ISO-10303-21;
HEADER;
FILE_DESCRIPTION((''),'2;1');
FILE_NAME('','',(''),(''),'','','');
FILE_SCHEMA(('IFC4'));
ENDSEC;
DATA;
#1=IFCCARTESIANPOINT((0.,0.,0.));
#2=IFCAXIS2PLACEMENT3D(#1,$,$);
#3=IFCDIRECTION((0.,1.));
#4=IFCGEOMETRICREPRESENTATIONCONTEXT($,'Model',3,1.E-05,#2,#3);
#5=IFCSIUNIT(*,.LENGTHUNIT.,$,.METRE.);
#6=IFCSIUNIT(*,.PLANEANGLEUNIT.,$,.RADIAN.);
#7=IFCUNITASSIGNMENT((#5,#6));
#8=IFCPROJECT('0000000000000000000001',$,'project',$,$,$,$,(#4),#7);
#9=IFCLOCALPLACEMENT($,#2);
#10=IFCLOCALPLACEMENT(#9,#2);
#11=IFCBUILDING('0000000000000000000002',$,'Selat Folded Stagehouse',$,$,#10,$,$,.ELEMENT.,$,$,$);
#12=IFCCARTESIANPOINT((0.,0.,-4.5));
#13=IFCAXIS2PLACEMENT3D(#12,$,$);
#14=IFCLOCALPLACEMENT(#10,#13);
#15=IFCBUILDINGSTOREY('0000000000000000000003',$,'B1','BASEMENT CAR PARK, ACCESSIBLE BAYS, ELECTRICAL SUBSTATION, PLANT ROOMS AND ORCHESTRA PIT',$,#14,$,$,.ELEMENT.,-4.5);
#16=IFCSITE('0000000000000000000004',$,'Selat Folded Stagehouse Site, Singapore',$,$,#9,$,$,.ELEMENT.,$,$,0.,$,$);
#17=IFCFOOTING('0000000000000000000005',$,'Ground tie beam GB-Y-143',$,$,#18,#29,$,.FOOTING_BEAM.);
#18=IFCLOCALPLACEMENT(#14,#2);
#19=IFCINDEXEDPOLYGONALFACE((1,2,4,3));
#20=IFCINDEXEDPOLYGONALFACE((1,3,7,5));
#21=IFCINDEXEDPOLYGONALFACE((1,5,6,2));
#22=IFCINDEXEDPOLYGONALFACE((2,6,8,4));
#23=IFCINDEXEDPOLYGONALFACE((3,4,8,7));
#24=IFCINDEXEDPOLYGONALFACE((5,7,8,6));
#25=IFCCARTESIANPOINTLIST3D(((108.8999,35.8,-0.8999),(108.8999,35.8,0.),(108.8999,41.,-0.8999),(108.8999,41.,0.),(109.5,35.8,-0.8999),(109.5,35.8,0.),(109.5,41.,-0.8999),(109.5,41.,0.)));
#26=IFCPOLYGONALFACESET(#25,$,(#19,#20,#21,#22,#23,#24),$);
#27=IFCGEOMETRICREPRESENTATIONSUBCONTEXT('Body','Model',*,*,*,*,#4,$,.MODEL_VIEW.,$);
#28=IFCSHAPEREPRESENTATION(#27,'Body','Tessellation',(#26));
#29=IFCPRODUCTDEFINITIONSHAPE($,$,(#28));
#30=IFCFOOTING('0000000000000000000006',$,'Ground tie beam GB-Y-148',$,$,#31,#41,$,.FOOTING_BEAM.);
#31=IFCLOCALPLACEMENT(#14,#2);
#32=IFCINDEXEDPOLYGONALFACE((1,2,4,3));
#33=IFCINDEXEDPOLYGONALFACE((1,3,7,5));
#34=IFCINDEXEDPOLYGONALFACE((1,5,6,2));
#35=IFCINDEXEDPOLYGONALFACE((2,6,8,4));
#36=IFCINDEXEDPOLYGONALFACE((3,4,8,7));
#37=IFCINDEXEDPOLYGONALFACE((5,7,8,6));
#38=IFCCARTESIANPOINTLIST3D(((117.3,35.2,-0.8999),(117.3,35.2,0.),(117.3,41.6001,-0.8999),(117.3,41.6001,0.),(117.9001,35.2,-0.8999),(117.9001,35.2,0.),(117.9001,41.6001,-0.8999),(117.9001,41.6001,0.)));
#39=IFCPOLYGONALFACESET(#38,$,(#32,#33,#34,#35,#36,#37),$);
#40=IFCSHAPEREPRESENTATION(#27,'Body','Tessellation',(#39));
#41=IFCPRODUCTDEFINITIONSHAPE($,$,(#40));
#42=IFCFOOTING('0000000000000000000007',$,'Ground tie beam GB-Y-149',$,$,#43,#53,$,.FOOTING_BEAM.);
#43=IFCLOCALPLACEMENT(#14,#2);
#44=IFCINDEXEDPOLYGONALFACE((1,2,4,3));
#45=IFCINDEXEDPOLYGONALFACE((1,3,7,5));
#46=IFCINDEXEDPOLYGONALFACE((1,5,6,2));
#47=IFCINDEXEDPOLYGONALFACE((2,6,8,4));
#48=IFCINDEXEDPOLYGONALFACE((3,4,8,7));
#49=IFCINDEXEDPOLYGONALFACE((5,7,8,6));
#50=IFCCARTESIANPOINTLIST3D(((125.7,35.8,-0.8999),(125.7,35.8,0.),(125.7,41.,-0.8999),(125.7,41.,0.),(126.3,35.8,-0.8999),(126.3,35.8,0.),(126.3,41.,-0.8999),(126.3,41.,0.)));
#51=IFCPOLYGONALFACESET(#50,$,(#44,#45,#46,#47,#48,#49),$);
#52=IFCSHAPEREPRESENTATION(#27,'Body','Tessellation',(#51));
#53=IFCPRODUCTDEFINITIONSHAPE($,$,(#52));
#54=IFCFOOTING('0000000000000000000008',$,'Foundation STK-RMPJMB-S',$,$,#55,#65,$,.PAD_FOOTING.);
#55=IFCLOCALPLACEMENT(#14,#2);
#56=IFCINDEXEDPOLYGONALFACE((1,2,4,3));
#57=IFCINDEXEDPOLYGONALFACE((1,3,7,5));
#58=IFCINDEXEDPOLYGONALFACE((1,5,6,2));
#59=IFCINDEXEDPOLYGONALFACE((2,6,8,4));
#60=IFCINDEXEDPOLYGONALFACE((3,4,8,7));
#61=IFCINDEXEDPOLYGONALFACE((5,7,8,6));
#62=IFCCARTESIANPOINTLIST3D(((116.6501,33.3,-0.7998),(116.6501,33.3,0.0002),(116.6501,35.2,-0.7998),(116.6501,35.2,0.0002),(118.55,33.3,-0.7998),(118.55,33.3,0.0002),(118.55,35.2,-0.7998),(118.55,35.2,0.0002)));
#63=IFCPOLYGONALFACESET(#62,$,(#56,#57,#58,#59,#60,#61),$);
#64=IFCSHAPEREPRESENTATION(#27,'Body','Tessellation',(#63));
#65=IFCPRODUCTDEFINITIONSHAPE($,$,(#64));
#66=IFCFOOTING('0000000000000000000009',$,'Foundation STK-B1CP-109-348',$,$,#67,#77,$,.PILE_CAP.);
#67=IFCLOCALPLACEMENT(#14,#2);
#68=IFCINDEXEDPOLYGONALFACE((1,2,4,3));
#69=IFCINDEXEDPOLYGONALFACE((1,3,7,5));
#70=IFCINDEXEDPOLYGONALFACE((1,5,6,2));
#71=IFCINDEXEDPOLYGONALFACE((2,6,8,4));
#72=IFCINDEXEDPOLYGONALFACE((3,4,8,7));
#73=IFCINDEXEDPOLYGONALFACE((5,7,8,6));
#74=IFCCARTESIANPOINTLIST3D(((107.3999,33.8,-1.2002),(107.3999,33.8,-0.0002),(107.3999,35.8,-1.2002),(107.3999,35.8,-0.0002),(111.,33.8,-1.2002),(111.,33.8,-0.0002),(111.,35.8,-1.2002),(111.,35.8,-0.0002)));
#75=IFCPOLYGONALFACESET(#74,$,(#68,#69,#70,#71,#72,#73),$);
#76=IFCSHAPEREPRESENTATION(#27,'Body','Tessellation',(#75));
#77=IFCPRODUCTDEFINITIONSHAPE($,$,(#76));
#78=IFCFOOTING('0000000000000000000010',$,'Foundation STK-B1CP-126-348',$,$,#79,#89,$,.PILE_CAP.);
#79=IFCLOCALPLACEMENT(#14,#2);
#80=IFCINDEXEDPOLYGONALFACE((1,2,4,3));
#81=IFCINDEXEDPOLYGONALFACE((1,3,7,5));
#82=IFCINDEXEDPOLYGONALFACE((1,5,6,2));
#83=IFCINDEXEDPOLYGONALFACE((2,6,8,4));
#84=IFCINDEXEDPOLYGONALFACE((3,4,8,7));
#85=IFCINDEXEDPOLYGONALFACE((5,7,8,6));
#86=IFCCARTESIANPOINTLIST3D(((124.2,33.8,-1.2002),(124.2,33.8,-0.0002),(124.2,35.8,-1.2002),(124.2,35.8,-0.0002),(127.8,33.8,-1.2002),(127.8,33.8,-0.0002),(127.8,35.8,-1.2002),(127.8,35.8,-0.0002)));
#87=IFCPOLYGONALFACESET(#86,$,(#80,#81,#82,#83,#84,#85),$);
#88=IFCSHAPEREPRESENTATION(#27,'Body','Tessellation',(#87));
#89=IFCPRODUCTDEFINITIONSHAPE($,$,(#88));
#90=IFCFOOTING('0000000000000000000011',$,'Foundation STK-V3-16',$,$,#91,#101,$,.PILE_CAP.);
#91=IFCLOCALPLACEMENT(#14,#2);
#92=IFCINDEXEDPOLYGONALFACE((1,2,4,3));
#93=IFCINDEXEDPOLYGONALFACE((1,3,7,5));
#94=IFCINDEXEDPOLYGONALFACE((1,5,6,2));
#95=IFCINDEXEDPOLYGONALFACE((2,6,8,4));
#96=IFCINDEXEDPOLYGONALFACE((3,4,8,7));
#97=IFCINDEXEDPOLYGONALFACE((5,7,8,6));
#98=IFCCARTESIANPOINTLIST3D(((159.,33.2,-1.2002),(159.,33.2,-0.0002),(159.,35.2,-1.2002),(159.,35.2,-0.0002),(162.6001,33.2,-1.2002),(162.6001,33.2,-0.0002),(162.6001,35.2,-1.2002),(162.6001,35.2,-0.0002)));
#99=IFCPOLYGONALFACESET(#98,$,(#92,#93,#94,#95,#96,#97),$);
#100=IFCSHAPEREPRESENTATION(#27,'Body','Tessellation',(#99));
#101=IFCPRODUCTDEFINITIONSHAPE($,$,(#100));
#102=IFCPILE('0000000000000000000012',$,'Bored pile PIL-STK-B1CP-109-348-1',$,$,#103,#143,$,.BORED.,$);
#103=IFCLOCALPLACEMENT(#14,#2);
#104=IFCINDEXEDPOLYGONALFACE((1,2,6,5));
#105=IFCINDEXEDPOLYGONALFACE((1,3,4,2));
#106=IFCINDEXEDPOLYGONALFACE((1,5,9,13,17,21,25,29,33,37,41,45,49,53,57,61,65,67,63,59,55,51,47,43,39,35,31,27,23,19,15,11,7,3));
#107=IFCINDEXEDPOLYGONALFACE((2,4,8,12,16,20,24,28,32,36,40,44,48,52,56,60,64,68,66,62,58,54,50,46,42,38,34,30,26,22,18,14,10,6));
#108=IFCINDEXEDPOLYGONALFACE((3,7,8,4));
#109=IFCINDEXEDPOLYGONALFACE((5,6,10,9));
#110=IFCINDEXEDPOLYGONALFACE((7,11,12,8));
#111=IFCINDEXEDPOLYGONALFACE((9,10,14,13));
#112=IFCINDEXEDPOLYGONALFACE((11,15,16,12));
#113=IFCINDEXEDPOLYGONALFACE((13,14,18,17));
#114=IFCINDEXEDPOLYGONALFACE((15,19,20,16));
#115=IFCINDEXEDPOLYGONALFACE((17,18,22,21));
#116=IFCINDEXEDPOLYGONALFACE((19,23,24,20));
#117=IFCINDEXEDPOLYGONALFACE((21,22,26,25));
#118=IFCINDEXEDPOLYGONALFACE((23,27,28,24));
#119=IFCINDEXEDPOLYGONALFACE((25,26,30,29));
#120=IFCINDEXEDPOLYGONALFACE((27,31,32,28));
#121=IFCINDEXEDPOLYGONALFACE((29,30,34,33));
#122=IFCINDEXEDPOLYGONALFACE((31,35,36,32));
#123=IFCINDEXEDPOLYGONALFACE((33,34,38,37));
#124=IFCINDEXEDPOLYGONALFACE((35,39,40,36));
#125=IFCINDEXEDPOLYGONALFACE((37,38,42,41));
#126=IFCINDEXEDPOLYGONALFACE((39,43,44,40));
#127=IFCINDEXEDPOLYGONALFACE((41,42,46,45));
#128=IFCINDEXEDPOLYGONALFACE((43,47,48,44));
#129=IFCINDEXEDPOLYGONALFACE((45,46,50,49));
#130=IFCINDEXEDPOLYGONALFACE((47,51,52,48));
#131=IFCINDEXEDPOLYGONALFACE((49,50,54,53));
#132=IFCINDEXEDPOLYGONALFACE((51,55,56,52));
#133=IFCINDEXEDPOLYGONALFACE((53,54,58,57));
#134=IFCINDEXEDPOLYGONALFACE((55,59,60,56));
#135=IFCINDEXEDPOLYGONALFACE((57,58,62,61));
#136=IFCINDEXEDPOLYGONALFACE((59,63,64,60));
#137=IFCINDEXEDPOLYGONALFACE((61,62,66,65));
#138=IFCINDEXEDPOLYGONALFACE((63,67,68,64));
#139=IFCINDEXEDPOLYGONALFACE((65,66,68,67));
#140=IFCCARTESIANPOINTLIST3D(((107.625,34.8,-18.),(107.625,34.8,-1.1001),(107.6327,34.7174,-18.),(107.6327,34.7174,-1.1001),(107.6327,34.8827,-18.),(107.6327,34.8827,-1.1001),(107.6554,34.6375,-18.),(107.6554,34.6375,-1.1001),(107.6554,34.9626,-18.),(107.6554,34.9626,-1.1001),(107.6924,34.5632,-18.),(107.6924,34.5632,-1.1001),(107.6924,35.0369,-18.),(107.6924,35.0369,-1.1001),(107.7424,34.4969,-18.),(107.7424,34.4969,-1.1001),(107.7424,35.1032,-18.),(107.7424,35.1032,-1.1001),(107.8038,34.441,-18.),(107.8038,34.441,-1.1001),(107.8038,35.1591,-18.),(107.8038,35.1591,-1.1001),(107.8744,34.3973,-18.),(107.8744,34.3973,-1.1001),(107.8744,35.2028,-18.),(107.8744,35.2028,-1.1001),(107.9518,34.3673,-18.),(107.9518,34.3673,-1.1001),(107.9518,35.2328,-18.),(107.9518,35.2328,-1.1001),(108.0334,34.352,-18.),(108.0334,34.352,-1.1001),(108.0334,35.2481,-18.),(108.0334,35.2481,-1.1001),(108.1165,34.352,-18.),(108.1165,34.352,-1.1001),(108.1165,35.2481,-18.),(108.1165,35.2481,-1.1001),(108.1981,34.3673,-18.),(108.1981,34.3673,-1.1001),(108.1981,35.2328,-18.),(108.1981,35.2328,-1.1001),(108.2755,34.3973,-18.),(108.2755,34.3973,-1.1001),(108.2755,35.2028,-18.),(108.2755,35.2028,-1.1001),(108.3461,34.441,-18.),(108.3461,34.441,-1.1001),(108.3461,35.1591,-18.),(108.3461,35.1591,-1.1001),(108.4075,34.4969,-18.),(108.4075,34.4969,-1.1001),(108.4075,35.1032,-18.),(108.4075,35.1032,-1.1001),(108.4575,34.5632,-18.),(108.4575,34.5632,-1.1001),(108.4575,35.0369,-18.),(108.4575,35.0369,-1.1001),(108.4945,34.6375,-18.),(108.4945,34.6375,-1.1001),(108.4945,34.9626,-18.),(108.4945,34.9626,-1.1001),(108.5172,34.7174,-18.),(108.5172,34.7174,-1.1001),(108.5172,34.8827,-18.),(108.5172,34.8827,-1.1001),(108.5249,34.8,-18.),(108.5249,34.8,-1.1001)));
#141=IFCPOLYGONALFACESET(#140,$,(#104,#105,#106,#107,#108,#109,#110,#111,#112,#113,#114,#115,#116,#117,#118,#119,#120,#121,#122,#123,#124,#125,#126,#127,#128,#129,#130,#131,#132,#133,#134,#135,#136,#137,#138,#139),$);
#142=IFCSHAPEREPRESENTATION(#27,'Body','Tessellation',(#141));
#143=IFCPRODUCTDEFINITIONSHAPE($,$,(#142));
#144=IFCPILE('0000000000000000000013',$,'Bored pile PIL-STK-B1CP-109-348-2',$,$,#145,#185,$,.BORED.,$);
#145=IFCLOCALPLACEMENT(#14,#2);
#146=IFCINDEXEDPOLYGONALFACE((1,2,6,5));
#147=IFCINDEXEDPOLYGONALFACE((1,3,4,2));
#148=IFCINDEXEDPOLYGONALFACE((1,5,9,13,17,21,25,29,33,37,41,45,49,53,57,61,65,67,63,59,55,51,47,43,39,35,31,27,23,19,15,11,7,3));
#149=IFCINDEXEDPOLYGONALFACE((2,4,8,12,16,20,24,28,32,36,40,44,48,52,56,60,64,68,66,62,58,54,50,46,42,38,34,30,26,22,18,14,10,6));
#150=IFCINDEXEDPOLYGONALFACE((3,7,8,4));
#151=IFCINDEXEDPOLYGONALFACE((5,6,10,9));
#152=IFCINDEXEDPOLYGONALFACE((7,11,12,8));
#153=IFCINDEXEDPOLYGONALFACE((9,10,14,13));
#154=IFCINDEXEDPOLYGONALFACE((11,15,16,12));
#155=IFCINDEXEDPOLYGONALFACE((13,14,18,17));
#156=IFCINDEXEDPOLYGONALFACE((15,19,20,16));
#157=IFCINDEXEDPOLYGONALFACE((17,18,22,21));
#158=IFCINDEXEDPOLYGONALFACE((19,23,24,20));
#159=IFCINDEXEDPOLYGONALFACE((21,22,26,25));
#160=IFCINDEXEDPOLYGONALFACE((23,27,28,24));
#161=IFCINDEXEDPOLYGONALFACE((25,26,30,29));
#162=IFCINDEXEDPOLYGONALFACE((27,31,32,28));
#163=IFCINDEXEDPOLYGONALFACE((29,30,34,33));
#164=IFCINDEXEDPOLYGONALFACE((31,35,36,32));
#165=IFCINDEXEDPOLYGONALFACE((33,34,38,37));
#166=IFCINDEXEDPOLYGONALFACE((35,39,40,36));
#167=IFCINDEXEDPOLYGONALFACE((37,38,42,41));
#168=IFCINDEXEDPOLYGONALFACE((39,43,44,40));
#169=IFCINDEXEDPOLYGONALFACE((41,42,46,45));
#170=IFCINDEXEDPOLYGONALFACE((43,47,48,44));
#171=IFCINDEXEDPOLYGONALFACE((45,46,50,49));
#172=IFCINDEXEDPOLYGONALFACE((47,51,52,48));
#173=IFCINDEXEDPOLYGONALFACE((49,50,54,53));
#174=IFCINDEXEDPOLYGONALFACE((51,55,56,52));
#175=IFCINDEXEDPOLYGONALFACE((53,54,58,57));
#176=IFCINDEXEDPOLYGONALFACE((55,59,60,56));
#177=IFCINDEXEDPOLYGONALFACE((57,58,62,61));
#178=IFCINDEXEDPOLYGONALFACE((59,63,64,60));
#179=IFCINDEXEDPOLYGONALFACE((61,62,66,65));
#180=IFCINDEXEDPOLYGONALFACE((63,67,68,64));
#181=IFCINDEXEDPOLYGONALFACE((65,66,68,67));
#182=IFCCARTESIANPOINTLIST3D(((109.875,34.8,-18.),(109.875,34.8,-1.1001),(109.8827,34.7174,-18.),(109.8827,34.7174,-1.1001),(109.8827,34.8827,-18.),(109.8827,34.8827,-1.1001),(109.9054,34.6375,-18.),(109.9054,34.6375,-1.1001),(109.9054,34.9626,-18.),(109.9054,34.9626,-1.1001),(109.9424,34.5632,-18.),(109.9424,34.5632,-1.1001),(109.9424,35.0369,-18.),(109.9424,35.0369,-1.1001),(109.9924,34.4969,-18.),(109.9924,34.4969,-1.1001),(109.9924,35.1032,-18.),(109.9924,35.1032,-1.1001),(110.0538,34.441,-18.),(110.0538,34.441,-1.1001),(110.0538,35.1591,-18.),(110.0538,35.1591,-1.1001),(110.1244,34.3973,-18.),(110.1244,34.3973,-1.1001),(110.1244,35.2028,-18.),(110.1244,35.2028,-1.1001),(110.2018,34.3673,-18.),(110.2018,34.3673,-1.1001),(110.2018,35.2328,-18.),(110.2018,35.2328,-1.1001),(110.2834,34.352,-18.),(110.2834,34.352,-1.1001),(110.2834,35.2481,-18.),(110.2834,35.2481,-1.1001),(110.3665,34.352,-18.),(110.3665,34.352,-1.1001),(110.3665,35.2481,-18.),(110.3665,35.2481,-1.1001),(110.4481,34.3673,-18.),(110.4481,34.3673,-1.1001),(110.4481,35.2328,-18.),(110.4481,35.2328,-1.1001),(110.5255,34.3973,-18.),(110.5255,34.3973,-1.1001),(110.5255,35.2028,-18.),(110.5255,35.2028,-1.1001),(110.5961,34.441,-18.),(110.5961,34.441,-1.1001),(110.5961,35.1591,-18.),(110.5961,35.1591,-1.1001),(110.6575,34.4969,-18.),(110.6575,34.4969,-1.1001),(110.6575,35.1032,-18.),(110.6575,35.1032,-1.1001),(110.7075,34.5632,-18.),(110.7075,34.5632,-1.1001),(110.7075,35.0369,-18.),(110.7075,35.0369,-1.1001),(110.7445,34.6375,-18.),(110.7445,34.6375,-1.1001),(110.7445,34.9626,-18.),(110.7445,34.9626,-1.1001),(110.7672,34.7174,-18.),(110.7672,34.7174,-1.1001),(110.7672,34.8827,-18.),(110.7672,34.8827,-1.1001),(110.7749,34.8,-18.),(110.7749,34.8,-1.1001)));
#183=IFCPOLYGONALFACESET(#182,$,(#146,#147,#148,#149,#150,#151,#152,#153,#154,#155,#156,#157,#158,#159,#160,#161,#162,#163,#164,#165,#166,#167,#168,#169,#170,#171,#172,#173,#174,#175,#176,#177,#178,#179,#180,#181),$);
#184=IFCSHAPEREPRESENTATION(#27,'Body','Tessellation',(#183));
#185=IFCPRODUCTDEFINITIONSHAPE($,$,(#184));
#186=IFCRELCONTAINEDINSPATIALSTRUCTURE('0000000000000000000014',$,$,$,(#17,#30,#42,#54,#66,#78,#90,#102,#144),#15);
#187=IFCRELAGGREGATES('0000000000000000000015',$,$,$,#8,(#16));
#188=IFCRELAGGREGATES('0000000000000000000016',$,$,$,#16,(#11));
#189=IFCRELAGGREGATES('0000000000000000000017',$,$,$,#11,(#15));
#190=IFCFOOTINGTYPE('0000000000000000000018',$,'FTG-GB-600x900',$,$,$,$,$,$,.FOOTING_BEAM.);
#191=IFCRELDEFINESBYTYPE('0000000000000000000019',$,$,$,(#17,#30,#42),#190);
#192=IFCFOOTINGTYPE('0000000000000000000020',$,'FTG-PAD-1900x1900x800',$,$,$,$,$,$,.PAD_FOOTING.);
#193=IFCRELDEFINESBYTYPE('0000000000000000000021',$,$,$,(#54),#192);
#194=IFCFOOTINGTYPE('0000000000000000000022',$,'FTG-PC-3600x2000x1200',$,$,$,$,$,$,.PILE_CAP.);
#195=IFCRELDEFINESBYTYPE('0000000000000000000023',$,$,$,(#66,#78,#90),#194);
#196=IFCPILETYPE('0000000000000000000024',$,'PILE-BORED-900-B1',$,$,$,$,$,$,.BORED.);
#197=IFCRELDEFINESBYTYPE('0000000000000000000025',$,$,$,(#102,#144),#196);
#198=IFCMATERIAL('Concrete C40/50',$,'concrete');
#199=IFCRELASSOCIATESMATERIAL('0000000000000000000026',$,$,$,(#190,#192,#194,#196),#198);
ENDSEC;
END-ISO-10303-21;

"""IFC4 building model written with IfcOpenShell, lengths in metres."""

from ifc_helpers import new_model, si_unit, direction, frame, origin, origin_2d, place, context, subcontext, project, spatial, rectangle, circle, extrude, material, material_profile, profile_set, type_object, element, save


model = new_model("IFC4")

# Units and contexts
model_context = context("Model", 3, precision=1e-05, world=origin(), true_north=direction((0.0, 1.0)))
body_context = subcontext(model_context, "Body", "Model", "MODEL_VIEW")
ifc_project = project(units=[si_unit("LENGTHUNIT", "METRE"), si_unit("PLANEANGLEUNIT", "RADIAN")], contexts=[model_context])

# Site, building, storey
site_placement = place(None, origin())
site = spatial("IfcSite", under=ifc_project, at=site_placement, Name="Selat Folded Stagehouse Site, Singapore", CompositionType="ELEMENT", RefElevation=0.0)
building_placement = place(site_placement, origin())
building = spatial("IfcBuilding", under=site, at=building_placement, Name="Selat Folded Stagehouse", CompositionType="ELEMENT")
storey_placement = place(building_placement, frame((0.0, 0.0, -4.5)))
storey = spatial("IfcBuildingStorey", under=building, at=storey_placement, Name="B1", Description="BASEMENT CAR PARK, ACCESSIBLE BAYS, ELECTRICAL SUBSTATION, PLANT ROOMS AND ORCHESTRA PIT", CompositionType="ELEMENT", Elevation=-4.5)

# Footings
ifc_material_1 = material(Name="Concrete C40/50", Category="concrete")
ifc_material_profile_1 = material_profile(ifc_material_1, rectangle(XDim=0.6001, YDim=0.8999, at=origin_2d()), Name="RC 900x600")
ifc_profile_set_1 = profile_set([ifc_material_profile_1], Name="Concrete C40/50")
footing_type_1 = type_object("IfcFootingType", Name="FTG-GB-600x900", PredefinedType="FOOTING_BEAM", material=ifc_profile_set_1)
footing_1_placement = place(storey_placement, frame((109.2, 35.8, -0.45), z_axis=(0.0, 1.0, 0.0), x_axis=(-1.0, 0.0, 0.0)))
element("IfcFooting", 1, at=footing_1_placement, inside=storey, type_object=footing_type_1, Name="Ground tie beam GB-Y-143", PredefinedType="FOOTING_BEAM", context=body_context, shape_type="SweptSolid", body=[
    extrude(rectangle(XDim=0.6001, YDim=0.8999, at=origin_2d()), origin(), (0.0, 0.0, 1.0), 5.2),
])
footing_2_placement = place(storey_placement, frame((117.6001, 35.2, -0.45), z_axis=(0.0, 1.0, 0.0), x_axis=(-1.0, 0.0, 0.0)))
element("IfcFooting", 2, at=footing_2_placement, inside=storey, type_object=footing_type_1, Name="Ground tie beam GB-Y-148", PredefinedType="FOOTING_BEAM", context=body_context, shape_type="SweptSolid", body=[
    extrude(rectangle(XDim=0.6001, YDim=0.8999, at=origin_2d()), origin(), (0.0, 0.0, 1.0), 6.4001),
])
footing_3_placement = place(storey_placement, frame((126.0, 35.8, -0.45), z_axis=(0.0, 1.0, 0.0), x_axis=(-1.0, 0.0, 0.0)))
element("IfcFooting", 3, at=footing_3_placement, inside=storey, type_object=footing_type_1, Name="Ground tie beam GB-Y-149", PredefinedType="FOOTING_BEAM", context=body_context, shape_type="SweptSolid", body=[
    extrude(rectangle(XDim=0.6001, YDim=0.8999, at=origin_2d()), origin(), (0.0, 0.0, 1.0), 5.2),
])
footing_type_2 = type_object("IfcFootingType", Name="FTG-PAD-1900x1900x800", PredefinedType="PAD_FOOTING", material=ifc_material_1)
footing_4_placement = place(storey_placement, frame((117.6001, 34.25, -0.7998), z_axis=(0.0, 0.0, 1.0), x_axis=(1.0, 0.0, 0.0)))
element("IfcFooting", 4, at=footing_4_placement, inside=storey, type_object=footing_type_2, Name="Foundation STK-RMPJMB-S", PredefinedType="PAD_FOOTING", context=body_context, shape_type="SweptSolid", body=[
    extrude(rectangle(XDim=1.8999, YDim=1.8999, at=origin_2d()), origin(), (0.0, 0.0, 1.0), 0.8),
])
footing_type_3 = type_object("IfcFootingType", Name="FTG-PC-3600x2000x1200", PredefinedType="PILE_CAP", material=ifc_material_1)
for number, where, z_axis, x_axis, name in (
    (5, (109.2, 34.8, -1.2002), (0.0, 0.0, 1.0), (1.0, 0.0, 0.0), "Foundation STK-B1CP-109-348"),
    (6, (126.0, 34.8, -1.2002), (0.0, 0.0, 1.0), (1.0, 0.0, 0.0), "Foundation STK-B1CP-126-348"),
    (7, (160.8, 34.2, -1.2002), (0.0, 0.0, 1.0), (1.0, 0.0, 0.0), "Foundation STK-V3-16"),
):
    element("IfcFooting", number, at=place(storey_placement, frame(where, z_axis=z_axis, x_axis=x_axis)), inside=storey, type_object=footing_type_3, Name=name, PredefinedType="PILE_CAP", context=body_context, shape_type="SweptSolid", body=[
        extrude(rectangle(XDim=3.6001, YDim=2.0, at=origin_2d()), origin(), (0.0, 0.0, 1.0), 1.2),
    ])

# Piles
ifc_material_profile_2 = material_profile(ifc_material_1, circle(Radius=0.45, at=origin_2d()), Name="PILE D900")
ifc_profile_set_2 = profile_set([ifc_material_profile_2], Name="Concrete C40/50")
pile_type = type_object("IfcPileType", Name="PILE-BORED-900-B1", PredefinedType="BORED", material=ifc_profile_set_2)
for number, where, z_axis, x_axis, name in (
    (8, (108.075, 34.8, -1.1001), (0.0, 0.0, -1.0), (1.0, 0.0, 0.0), "Bored pile PIL-STK-B1CP-109-348-1"),
    (9, (110.325, 34.8, -1.1001), (0.0, 0.0, -1.0), (1.0, 0.0, 0.0), "Bored pile PIL-STK-B1CP-109-348-2"),
):
    element("IfcPile", number, at=place(storey_placement, frame(where, z_axis=z_axis, x_axis=x_axis)), inside=storey, type_object=pile_type, Name=name, PredefinedType="BORED", context=body_context, shape_type="SweptSolid", body=[
        extrude(circle(Radius=0.45, at=origin_2d()), origin(), (0.0, 0.0, 1.0), 16.8999),
    ])

save(model, "model.ifc")
